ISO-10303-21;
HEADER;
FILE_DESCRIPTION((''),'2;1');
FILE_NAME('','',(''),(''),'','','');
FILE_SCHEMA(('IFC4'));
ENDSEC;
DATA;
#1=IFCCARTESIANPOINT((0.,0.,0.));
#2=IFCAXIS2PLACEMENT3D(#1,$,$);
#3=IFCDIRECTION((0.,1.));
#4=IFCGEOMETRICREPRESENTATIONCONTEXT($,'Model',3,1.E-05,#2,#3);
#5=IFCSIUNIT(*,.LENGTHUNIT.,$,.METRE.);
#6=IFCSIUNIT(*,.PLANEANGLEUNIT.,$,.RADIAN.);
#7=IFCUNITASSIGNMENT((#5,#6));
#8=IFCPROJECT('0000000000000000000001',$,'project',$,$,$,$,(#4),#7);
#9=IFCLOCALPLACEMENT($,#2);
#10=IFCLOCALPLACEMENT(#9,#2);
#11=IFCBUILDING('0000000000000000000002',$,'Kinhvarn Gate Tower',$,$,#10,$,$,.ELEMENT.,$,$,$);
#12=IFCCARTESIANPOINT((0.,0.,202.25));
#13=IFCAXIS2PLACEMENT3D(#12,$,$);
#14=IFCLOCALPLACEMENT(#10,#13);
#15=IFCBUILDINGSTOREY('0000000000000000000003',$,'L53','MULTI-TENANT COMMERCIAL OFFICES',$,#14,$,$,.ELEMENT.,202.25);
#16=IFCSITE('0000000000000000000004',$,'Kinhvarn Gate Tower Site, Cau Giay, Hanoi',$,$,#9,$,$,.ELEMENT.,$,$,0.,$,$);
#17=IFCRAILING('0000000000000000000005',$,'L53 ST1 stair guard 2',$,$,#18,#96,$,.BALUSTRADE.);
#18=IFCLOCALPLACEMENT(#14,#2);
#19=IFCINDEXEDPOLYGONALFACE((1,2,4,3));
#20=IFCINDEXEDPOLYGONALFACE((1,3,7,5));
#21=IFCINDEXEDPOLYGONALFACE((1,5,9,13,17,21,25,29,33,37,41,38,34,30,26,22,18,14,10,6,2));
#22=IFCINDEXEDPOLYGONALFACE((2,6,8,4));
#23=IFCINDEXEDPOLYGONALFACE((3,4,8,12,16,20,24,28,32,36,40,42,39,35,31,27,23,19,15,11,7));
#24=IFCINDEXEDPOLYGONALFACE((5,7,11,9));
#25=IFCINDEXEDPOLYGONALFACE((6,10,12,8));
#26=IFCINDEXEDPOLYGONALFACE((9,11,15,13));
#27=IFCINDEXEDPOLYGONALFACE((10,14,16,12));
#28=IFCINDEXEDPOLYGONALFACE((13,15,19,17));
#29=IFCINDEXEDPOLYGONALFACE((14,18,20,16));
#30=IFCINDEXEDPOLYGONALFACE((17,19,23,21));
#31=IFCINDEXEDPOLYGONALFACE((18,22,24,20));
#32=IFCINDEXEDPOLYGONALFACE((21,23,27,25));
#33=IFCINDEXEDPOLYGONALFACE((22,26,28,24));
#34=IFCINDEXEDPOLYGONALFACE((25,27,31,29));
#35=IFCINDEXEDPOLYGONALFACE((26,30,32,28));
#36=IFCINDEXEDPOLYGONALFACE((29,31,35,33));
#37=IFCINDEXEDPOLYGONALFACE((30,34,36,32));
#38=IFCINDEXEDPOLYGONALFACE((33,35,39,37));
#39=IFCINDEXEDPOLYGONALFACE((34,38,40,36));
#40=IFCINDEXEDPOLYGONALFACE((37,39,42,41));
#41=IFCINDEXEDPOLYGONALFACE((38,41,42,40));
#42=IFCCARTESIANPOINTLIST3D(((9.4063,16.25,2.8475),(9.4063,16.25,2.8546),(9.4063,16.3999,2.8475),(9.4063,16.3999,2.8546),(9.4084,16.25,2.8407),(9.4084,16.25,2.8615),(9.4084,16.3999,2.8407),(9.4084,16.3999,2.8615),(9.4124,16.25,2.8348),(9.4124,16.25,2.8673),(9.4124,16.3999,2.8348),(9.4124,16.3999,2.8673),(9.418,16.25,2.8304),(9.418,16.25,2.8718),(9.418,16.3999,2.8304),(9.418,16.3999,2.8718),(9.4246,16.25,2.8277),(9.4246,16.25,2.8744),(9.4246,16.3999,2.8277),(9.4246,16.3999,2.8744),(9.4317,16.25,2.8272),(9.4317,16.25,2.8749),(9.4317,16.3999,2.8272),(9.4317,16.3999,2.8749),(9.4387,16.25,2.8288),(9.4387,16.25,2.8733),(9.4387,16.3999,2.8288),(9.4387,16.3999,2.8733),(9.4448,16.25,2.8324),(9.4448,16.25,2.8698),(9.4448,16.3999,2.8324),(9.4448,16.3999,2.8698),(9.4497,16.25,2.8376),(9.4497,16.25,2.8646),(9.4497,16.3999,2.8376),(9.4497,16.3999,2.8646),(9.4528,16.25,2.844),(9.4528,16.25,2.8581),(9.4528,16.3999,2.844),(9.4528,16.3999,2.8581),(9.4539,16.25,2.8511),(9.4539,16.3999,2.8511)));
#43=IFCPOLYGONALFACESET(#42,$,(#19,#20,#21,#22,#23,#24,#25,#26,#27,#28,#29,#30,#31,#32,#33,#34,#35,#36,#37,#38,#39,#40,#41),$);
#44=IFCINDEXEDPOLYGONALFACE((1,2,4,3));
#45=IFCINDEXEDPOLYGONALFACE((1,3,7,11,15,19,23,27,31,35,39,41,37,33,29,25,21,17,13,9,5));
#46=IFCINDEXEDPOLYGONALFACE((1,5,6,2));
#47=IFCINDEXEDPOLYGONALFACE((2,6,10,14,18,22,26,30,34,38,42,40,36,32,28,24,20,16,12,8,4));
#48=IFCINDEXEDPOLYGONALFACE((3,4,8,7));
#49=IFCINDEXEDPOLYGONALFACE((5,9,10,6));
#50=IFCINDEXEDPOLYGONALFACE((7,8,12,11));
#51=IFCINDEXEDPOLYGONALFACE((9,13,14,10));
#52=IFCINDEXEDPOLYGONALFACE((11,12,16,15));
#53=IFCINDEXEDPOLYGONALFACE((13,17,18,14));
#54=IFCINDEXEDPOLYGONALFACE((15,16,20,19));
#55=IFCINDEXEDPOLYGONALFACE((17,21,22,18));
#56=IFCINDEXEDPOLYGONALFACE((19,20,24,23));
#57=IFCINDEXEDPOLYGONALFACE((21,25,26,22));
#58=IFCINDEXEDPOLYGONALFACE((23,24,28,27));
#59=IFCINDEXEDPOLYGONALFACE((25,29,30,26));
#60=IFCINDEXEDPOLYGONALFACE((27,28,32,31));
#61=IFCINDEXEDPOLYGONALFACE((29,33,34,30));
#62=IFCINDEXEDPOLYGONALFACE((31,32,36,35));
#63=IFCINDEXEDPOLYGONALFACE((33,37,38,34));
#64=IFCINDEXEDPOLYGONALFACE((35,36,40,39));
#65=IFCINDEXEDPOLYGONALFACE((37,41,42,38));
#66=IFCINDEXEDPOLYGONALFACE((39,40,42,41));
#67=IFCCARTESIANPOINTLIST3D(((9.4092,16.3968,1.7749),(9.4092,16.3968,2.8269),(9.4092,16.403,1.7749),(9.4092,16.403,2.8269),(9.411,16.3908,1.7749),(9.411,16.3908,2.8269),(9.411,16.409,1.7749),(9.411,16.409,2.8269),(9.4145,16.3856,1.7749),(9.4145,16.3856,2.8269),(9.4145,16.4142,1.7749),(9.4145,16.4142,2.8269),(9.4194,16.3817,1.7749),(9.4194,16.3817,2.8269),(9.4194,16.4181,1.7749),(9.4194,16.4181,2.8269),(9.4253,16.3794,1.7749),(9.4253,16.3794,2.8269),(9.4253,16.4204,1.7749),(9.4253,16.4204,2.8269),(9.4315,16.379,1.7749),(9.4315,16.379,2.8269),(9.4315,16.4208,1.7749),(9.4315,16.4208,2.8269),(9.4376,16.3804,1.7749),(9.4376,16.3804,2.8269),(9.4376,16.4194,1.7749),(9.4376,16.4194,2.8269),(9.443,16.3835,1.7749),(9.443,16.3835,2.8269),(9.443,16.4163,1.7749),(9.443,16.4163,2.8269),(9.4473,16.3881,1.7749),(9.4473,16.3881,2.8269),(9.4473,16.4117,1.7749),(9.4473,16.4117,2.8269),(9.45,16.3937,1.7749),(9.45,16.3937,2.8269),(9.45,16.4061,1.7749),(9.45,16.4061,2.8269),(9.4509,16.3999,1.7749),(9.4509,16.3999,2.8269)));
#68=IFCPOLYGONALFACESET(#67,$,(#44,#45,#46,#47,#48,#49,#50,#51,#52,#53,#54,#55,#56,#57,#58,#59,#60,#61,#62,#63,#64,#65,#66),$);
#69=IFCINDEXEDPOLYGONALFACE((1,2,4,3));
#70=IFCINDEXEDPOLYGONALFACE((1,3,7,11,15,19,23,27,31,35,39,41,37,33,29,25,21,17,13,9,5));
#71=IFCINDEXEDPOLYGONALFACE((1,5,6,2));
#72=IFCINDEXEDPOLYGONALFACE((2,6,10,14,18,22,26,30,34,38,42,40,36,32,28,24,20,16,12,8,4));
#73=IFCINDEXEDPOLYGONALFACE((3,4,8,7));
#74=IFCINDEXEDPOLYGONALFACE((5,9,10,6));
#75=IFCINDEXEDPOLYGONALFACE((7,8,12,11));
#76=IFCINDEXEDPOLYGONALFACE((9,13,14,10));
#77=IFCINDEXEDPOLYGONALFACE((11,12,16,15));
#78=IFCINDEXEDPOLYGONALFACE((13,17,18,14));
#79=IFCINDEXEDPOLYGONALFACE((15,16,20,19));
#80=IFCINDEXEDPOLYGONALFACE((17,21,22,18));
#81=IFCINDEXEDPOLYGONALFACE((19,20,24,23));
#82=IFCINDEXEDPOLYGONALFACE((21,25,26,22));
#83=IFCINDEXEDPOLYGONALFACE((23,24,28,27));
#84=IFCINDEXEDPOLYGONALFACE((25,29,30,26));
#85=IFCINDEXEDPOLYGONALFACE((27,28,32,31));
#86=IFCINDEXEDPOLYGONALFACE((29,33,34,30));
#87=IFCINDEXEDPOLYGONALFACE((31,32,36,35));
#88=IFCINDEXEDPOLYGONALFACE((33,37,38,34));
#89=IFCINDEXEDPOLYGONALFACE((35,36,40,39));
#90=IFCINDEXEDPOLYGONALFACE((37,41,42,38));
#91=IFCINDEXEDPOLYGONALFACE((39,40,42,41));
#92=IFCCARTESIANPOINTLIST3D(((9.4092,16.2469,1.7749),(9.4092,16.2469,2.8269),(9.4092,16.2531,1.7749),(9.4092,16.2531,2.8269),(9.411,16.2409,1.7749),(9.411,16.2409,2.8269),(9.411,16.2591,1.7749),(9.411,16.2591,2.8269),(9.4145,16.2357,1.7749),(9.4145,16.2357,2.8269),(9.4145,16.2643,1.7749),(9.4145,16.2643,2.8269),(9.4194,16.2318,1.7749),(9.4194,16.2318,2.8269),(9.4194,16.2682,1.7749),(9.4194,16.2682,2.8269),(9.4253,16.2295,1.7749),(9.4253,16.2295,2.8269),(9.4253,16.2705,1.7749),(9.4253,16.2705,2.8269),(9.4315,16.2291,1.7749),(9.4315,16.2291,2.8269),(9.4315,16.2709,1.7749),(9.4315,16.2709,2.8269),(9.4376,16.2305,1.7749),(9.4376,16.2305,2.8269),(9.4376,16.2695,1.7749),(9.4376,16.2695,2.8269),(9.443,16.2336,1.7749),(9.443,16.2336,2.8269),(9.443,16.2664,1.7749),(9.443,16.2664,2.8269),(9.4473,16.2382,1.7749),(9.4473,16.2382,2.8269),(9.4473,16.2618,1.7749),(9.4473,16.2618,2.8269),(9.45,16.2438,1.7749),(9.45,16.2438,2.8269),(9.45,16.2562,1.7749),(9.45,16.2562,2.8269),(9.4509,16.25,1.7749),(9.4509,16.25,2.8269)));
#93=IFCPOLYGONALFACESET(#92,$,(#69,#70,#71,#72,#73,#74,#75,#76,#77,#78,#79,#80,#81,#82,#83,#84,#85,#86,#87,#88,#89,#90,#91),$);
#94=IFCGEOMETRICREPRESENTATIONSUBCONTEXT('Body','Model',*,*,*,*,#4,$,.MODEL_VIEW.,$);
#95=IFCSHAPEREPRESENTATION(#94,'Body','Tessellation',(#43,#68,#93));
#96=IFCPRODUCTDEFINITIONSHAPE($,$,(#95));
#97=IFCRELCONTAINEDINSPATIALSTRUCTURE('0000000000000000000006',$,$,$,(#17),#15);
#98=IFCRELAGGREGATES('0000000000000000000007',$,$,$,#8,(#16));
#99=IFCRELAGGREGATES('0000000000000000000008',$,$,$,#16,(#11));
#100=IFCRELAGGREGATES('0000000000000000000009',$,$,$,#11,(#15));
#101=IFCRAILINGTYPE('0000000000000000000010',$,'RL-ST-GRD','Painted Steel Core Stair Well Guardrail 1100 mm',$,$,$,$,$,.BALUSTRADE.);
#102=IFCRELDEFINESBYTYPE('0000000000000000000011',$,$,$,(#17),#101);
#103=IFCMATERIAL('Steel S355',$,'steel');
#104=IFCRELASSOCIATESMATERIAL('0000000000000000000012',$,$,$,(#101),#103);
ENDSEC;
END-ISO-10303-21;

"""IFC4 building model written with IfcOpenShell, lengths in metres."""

from ifc_helpers import new_model, si_unit, direction, frame, origin, origin_2d, place, context, subcontext, project, spatial, circle, extrude, material, type_object, element, save


model = new_model("IFC4")

# Units and contexts
model_context = context("Model", 3, precision=1e-05, world=origin(), true_north=direction((0.0, 1.0)))
body_context = subcontext(model_context, "Body", "Model", "MODEL_VIEW")
ifc_project = project(units=[si_unit("LENGTHUNIT", "METRE"), si_unit("PLANEANGLEUNIT", "RADIAN")], contexts=[model_context])

# Site, building, storey
site_placement = place(None, origin())
site = spatial("IfcSite", under=ifc_project, at=site_placement, Name="Kinhvarn Gate Tower Site, Cau Giay, Hanoi", CompositionType="ELEMENT", RefElevation=0.0)
building_placement = place(site_placement, origin())
building = spatial("IfcBuilding", under=site, at=building_placement, Name="Kinhvarn Gate Tower", CompositionType="ELEMENT")
storey_placement = place(building_placement, frame((0.0, 0.0, 202.25)))
storey = spatial("IfcBuildingStorey", under=building, at=storey_placement, Name="L53", Description="MULTI-TENANT COMMERCIAL OFFICES", CompositionType="ELEMENT", Elevation=202.25)

# Shared definitions
ifc_material_1 = material(Name="Steel S355", Category="steel")

# Railing
railing_type_1 = type_object("IfcRailingType", Name="RL-ST-GRD", Description="Painted Steel Core Stair Well Guardrail 1100 mm", PredefinedType="BALUSTRADE", material=ifc_material_1)
railing_1_placement = place(storey_placement, frame((9.4299, 16.3999, 1.7749)))
element("IfcRailing", 1, at=railing_1_placement, inside=storey, type_object=railing_type_1, Name="L53 ST1 stair guard 2", PredefinedType="BALUSTRADE", context=body_context, shape_type="SweptSolid", body=[
    extrude(circle(Radius=0.0239, at=origin_2d()), frame((0.0, 0.0, 1.0762), z_axis=(0.0, -1.0, 0.0), x_axis=(1.0, 0.0, 0.0)), (0.0, 0.0, 1.0), 0.1499),
    extrude(circle(Radius=0.021, at=origin_2d()), origin(), (0.0, 0.0, 1.0), 1.052),
    extrude(circle(Radius=0.021, at=origin_2d()), frame((0.0, -0.1499, 0.0)), (0.0, 0.0, 1.0), 1.052),
])

save(model, "model.ifc")
